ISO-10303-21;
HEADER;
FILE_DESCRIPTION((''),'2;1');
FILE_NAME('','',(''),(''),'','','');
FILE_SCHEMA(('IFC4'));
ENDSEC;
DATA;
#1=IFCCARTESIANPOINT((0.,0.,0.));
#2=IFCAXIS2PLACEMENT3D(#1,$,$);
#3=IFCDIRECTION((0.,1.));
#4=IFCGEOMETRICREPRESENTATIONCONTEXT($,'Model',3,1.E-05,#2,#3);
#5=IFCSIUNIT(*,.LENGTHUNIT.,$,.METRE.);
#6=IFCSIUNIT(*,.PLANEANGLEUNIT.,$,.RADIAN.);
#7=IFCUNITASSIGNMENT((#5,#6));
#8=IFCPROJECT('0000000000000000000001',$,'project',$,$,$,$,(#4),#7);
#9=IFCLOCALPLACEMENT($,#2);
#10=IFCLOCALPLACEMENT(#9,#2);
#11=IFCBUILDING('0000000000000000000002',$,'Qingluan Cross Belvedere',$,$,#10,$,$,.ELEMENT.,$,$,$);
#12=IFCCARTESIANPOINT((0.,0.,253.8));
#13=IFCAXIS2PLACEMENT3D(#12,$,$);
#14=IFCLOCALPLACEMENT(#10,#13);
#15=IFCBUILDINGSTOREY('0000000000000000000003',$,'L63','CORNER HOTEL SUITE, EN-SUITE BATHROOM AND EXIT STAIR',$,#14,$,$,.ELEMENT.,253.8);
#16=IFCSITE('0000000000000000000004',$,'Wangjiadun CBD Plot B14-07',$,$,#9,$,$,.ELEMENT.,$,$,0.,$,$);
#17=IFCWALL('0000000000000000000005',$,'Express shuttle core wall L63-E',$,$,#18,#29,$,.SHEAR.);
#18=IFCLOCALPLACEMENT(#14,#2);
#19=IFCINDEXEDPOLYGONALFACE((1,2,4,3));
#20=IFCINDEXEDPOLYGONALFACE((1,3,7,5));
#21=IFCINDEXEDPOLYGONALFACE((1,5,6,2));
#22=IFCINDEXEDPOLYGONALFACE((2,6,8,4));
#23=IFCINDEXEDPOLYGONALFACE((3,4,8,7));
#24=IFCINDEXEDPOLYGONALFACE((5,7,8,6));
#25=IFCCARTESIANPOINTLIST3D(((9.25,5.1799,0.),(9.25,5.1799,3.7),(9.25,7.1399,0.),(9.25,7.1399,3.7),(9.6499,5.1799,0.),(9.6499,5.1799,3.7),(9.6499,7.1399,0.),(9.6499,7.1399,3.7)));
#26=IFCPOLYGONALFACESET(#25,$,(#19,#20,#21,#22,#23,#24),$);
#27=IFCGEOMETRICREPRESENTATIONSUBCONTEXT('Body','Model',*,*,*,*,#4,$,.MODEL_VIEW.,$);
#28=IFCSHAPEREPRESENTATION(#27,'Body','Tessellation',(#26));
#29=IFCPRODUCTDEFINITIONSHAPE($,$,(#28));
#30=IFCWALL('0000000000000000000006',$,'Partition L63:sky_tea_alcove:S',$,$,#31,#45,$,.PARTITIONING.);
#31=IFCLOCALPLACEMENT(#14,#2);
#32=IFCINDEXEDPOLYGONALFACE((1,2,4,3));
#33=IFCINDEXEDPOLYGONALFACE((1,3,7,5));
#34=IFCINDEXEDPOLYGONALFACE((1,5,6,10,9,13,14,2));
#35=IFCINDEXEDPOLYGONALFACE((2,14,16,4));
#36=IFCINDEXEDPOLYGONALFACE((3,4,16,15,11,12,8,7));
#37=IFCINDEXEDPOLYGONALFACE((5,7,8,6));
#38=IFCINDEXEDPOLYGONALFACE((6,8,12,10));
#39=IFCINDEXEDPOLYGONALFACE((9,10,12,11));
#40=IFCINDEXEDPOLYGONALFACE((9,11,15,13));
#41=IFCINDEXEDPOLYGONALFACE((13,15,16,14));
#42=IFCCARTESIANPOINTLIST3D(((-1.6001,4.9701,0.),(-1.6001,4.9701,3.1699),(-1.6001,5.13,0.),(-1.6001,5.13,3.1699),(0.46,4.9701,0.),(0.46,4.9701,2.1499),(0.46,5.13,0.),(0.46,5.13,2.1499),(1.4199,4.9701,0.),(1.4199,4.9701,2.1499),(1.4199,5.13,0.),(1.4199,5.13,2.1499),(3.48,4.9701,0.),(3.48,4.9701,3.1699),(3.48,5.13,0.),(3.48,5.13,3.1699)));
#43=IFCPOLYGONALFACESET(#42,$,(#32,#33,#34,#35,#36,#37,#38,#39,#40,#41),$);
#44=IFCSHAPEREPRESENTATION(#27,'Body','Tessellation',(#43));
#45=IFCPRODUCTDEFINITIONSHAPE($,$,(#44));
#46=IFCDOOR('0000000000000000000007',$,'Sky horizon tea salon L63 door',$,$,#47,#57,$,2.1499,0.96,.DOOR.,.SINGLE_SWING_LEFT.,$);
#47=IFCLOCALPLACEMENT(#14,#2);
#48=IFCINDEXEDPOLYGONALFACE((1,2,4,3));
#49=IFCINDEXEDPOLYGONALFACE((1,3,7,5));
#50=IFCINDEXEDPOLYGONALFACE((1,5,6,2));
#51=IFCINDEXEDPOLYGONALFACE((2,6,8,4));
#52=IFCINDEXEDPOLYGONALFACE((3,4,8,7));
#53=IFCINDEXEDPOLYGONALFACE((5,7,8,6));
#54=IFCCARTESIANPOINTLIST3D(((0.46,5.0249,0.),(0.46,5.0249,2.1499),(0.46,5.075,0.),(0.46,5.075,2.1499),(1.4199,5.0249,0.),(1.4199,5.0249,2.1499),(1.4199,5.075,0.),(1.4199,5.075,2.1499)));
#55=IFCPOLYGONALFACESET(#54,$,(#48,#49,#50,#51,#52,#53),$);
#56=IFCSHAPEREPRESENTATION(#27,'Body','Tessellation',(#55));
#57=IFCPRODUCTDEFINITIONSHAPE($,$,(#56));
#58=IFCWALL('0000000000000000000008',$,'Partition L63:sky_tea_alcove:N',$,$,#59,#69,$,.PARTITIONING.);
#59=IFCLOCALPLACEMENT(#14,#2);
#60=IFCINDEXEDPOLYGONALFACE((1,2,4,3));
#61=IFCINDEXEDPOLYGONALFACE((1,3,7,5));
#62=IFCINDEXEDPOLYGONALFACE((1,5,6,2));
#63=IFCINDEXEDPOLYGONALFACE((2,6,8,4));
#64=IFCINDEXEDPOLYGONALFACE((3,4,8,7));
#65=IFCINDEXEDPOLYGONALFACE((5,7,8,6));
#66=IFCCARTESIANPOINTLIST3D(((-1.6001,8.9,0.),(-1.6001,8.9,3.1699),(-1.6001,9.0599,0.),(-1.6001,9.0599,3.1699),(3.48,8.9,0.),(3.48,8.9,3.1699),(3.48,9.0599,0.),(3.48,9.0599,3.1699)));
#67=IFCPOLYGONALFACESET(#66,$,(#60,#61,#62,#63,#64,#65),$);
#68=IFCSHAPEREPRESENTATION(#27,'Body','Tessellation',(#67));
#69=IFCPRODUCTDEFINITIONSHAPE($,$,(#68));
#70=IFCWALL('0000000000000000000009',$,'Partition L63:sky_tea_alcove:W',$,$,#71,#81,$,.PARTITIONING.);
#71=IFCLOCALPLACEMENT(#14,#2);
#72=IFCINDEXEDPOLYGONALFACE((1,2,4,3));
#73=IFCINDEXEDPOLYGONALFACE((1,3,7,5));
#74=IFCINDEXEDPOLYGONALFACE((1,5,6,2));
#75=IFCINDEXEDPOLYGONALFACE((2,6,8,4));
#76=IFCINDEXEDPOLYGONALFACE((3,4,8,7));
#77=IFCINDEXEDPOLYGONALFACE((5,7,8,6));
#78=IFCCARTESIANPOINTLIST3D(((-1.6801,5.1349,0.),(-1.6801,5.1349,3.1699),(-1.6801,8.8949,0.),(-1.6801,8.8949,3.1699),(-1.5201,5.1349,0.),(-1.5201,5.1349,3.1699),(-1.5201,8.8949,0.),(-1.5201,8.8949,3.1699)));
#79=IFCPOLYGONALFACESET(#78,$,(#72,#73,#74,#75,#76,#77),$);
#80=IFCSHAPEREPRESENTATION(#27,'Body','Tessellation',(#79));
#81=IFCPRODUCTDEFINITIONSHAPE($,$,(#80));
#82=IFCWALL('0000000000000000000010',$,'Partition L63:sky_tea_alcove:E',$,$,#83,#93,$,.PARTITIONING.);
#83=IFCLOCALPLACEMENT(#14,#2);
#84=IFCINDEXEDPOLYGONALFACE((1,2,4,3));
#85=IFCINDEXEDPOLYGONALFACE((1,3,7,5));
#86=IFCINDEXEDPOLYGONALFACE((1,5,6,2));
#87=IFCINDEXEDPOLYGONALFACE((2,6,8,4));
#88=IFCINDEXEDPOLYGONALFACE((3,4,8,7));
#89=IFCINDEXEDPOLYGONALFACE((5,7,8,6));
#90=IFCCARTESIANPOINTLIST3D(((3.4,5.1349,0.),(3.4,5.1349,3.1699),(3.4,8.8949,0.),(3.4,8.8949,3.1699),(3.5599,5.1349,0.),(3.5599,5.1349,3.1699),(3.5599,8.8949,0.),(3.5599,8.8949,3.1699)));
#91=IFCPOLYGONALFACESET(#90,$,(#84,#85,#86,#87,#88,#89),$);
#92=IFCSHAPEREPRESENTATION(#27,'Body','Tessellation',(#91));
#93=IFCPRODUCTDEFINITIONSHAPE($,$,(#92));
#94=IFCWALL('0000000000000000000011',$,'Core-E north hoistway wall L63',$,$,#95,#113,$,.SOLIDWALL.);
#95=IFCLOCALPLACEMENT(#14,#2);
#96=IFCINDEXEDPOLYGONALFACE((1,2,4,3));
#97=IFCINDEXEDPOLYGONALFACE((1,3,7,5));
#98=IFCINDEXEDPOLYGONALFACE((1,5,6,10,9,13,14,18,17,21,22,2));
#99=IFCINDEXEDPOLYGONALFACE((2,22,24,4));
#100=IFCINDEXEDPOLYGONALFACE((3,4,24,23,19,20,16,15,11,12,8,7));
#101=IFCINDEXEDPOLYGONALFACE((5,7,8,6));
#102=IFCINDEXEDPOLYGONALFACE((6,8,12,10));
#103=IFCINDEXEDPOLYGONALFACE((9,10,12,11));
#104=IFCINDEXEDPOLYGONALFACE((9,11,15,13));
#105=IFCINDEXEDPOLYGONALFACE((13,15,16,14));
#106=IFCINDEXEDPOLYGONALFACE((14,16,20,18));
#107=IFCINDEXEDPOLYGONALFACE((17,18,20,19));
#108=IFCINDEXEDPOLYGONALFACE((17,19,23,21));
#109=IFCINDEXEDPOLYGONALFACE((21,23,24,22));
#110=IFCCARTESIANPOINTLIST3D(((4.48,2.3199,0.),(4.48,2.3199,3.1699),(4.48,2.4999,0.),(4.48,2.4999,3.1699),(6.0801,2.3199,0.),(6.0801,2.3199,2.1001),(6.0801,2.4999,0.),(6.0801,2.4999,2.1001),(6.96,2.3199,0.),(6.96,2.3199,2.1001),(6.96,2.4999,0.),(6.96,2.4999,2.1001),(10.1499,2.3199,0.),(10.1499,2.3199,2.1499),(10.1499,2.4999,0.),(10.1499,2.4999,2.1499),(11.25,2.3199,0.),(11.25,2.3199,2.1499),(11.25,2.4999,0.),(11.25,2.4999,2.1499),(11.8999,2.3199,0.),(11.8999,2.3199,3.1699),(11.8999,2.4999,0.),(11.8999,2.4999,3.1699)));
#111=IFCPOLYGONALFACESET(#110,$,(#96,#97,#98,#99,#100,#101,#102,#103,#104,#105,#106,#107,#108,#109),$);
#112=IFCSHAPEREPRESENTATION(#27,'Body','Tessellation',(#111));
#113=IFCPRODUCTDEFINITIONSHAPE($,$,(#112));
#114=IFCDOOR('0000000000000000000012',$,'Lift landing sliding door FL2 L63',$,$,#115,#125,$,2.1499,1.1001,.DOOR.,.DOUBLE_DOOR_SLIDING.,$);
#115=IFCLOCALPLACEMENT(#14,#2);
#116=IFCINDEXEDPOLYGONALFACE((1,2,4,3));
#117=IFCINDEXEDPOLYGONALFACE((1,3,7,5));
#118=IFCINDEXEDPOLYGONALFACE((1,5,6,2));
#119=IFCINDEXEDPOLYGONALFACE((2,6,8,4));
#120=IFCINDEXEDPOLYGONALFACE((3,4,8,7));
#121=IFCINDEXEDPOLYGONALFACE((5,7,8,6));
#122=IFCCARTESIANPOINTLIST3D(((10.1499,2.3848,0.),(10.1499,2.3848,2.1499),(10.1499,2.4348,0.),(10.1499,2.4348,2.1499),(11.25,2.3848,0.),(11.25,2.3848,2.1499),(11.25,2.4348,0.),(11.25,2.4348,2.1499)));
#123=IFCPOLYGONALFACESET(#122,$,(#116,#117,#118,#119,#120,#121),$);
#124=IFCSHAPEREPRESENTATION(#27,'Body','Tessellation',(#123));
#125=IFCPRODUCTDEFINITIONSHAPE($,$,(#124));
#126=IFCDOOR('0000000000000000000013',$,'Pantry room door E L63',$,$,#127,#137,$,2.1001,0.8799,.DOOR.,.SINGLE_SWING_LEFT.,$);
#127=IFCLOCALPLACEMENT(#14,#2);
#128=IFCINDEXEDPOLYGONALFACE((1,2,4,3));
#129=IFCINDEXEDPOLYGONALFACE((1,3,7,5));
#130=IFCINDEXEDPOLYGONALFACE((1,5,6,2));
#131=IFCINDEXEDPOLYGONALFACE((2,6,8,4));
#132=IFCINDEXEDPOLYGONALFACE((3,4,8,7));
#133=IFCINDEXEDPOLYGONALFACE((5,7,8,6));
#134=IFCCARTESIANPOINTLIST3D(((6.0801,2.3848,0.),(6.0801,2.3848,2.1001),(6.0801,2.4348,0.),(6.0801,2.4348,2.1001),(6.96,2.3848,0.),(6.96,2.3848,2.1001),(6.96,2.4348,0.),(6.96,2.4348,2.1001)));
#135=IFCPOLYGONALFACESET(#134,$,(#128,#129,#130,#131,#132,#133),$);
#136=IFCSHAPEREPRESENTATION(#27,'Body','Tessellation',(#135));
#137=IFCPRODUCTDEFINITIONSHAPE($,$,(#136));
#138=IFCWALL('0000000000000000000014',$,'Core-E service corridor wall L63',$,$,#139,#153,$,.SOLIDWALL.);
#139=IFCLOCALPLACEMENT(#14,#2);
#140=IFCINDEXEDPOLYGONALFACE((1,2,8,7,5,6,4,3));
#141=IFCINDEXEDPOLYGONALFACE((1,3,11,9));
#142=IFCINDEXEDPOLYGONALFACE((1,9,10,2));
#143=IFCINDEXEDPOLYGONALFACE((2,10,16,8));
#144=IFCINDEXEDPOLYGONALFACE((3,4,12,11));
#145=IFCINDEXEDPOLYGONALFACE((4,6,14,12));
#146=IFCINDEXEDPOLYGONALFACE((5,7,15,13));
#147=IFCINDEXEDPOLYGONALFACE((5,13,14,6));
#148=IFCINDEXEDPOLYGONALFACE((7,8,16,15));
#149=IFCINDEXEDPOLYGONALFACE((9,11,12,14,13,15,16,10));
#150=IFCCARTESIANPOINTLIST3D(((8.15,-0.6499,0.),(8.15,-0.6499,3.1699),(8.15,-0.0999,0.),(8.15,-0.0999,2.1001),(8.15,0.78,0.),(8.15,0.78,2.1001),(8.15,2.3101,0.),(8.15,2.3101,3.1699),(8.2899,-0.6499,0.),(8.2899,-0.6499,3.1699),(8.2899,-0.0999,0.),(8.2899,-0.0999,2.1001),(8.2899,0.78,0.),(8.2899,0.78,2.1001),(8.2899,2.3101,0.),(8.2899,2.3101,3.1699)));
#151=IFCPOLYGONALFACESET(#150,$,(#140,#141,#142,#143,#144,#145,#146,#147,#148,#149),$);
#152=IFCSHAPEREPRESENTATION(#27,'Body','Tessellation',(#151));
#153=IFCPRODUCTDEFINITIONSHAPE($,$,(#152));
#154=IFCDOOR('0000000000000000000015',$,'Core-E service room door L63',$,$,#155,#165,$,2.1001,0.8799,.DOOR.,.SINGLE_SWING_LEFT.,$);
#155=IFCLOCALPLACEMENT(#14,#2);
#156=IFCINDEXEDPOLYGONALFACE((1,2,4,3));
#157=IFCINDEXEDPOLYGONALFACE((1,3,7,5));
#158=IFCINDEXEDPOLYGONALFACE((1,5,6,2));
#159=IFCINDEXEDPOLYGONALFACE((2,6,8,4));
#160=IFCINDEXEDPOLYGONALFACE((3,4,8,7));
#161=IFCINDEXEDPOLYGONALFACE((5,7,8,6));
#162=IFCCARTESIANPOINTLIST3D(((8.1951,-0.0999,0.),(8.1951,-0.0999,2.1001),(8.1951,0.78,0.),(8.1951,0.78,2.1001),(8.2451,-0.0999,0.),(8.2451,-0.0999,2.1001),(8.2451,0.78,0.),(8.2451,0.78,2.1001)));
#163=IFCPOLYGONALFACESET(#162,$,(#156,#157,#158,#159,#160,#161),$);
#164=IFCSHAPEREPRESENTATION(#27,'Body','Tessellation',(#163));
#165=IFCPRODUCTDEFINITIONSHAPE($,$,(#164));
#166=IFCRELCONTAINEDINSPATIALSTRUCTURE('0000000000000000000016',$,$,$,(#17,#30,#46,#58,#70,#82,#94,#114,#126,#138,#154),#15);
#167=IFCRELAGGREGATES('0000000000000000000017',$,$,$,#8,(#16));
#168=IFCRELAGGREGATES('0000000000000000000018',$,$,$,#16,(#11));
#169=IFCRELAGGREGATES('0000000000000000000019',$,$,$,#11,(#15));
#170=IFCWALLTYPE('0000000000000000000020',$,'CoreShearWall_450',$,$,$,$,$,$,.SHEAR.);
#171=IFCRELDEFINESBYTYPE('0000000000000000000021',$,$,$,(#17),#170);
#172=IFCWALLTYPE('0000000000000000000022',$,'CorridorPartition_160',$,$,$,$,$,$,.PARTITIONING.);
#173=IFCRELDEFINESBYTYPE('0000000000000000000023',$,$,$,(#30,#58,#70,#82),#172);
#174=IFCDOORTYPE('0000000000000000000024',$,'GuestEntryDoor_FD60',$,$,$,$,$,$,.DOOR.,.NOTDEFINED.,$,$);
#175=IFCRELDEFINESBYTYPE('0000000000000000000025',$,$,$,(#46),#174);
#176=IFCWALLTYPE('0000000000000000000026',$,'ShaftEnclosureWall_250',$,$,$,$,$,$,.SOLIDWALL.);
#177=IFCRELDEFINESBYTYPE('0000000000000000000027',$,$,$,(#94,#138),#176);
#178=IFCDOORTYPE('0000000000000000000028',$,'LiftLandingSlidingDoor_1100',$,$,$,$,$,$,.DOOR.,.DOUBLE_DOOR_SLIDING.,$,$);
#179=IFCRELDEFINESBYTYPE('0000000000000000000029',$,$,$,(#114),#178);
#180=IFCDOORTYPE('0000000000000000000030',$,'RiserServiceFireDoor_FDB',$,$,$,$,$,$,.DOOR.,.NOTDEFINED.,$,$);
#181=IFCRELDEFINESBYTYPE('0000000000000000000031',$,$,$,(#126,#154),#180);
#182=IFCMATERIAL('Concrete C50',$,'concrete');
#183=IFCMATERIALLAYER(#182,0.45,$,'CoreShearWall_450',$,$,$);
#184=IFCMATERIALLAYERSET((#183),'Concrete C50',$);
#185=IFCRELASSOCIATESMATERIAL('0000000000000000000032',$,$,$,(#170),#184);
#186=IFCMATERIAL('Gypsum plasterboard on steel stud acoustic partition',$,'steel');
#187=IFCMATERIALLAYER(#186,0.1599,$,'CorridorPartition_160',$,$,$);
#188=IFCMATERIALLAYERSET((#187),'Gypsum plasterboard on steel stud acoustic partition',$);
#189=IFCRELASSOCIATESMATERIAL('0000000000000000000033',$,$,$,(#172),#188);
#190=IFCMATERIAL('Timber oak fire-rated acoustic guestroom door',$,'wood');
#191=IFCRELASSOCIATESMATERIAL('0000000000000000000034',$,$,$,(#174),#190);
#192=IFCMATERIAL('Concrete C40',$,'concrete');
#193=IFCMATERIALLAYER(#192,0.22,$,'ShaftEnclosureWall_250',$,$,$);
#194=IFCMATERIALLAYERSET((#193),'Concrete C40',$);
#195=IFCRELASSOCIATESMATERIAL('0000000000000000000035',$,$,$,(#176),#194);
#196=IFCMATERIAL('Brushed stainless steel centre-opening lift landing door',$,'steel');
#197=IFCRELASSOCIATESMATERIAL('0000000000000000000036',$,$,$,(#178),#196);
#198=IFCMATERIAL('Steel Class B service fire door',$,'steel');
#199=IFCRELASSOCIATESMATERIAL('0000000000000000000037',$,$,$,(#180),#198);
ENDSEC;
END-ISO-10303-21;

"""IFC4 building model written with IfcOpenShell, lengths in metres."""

from ifc_helpers import new_model, si_unit, direction, frame, frame_2d, origin, place, context, subcontext, project, spatial, rectangle, extrude, material, layer, layer_set, type_object, element, fill, save


model = new_model("IFC4")

# Units and contexts
model_context = context("Model", 3, precision=1e-05, world=origin(), true_north=direction((0.0, 1.0)))
body_context = subcontext(model_context, "Body", "Model", "MODEL_VIEW")
ifc_project = project(units=[si_unit("LENGTHUNIT", "METRE"), si_unit("PLANEANGLEUNIT", "RADIAN")], contexts=[model_context])

# Site, building, storey
site_placement = place(None, origin())
site = spatial("IfcSite", under=ifc_project, at=site_placement, Name="Wangjiadun CBD Plot B14-07", CompositionType="ELEMENT", RefElevation=0.0)
building_placement = place(site_placement, origin())
building = spatial("IfcBuilding", under=site, at=building_placement, Name="Qingluan Cross Belvedere", CompositionType="ELEMENT")
storey_placement = place(building_placement, frame((0.0, 0.0, 253.8)))
storey = spatial("IfcBuildingStorey", under=building, at=storey_placement, Name="L63", Description="CORNER HOTEL SUITE, EN-SUITE BATHROOM AND EXIT STAIR", CompositionType="ELEMENT", Elevation=253.8)

# Wall
ifc_material_1 = material(Name="Concrete C50", Category="concrete")
ifc_layer_1 = layer(ifc_material_1, 0.45, Name="CoreShearWall_450")
ifc_layer_set_1 = layer_set([ifc_layer_1], Name="Concrete C50")
wall_type_1 = type_object("IfcWallType", Name="CoreShearWall_450", PredefinedType="SHEAR", material=ifc_layer_set_1)
wall_1_placement = place(storey_placement, frame((9.45, 5.1799, 0.0), z_axis=(0.0, 0.0, 1.0), x_axis=(0.0, 1.0, 0.0)))
element("IfcWall", 1, at=wall_1_placement, inside=storey, type_object=wall_type_1, Name="Express shuttle core wall L63-E", PredefinedType="SHEAR", context=body_context, shape_type="SweptSolid", body=[
    extrude(rectangle(XDim=1.96, YDim=0.3999, at=frame_2d((0.98, 0.0))), origin(), (0.0, 0.0, 1.0), 3.7),
])

# Wall, opening, door
ifc_material_2 = material(Name="Gypsum plasterboard on steel stud acoustic partition", Category="steel")
ifc_layer_2 = layer(ifc_material_2, 0.1599, Name="CorridorPartition_160")
ifc_layer_set_2 = layer_set([ifc_layer_2], Name="Gypsum plasterboard on steel stud acoustic partition")
wall_type_2 = type_object("IfcWallType", Name="CorridorPartition_160", PredefinedType="PARTITIONING", material=ifc_layer_set_2)
ifc_material_3 = material(Name="Timber oak fire-rated acoustic guestroom door", Category="wood")
door_type_1 = type_object("IfcDoorType", Name="GuestEntryDoor_FD60", OperationType="NOTDEFINED", PredefinedType="DOOR", material=ifc_material_3)
wall_2_placement = place(storey_placement, frame((-1.6001, 5.05, 0.0), z_axis=(0.0, 0.0, 1.0), x_axis=(1.0, 0.0, 0.0)))
wall_2 = element("IfcWall", 2, at=wall_2_placement, inside=storey, type_object=wall_type_2, Name="Partition L63:sky_tea_alcove:S", PredefinedType="PARTITIONING", context=body_context, shape_type="SweptSolid", body=[
    extrude(rectangle(XDim=5.0801, YDim=0.1599, at=frame_2d((2.54, 0.0))), origin(), (0.0, 0.0, 1.0), 3.1699),
])
opening_1_placement = place(wall_2_placement, frame((2.0601, 0.0, 0.0)))
opening_1 = element("IfcOpeningElement", 3, at=opening_1_placement, cuts=wall_2, PredefinedType="OPENING", context=body_context, shape_type="SweptSolid", body=[
    extrude(rectangle(XDim=0.96, YDim=2.1499, at=frame_2d((0.48, 1.075))), frame((0.0, 0.0898, 0.0), z_axis=(0.0, -1.0, 0.0), x_axis=(1.0, 0.0, 0.0)), (0.0, 0.0, 1.0), 0.1799),
])
door_1_placement = place(opening_1_placement, origin())
door_1 = element("IfcDoor", 4, at=door_1_placement, inside=storey, type_object=door_type_1, Name="Sky horizon tea salon L63 door", OperationType="SINGLE_SWING_LEFT", OverallHeight=2.1499, OverallWidth=0.96, PredefinedType="DOOR", context=body_context, shape_type="SweptSolid", body=[
    extrude(rectangle(XDim=0.96, YDim=2.1499, at=frame_2d((0.48, 1.075))), frame((0.0, 0.0249, 0.0), z_axis=(0.0, -1.0, 0.0), x_axis=(1.0, 0.0, 0.0)), (0.0, 0.0, 1.0), 0.05),
])
fill(opening_1, door_1)

# Walls
wall_3_placement = place(storey_placement, frame((-1.6001, 8.98, 0.0), z_axis=(0.0, 0.0, 1.0), x_axis=(1.0, 0.0, 0.0)))
element("IfcWall", 5, at=wall_3_placement, inside=storey, type_object=wall_type_2, Name="Partition L63:sky_tea_alcove:N", PredefinedType="PARTITIONING", context=body_context, shape_type="SweptSolid", body=[
    extrude(rectangle(XDim=5.0801, YDim=0.1599, at=frame_2d((2.54, 0.0))), origin(), (0.0, 0.0, 1.0), 3.1699),
])
for number, where, z_axis, x_axis, name in (
    (6, (-1.6001, 5.135, 0.0), (0.0, 0.0, 1.0), (0.0, 1.0, 0.0), "Partition L63:sky_tea_alcove:W"),
    (7, (3.48, 5.135, 0.0), (0.0, 0.0, 1.0), (0.0, 1.0, 0.0), "Partition L63:sky_tea_alcove:E"),
):
    element("IfcWall", number, at=place(storey_placement, frame(where, z_axis=z_axis, x_axis=x_axis)), inside=storey, type_object=wall_type_2, Name=name, PredefinedType="PARTITIONING", context=body_context, shape_type="SweptSolid", body=[
        extrude(rectangle(XDim=3.76, YDim=0.1599, at=frame_2d((1.8799, 0.0))), origin(), (0.0, 0.0, 1.0), 3.1699),
    ])

# Wall, openings, doors
ifc_material_4 = material(Name="Concrete C40", Category="concrete")
ifc_layer_3 = layer(ifc_material_4, 0.22, Name="ShaftEnclosureWall_250")
ifc_layer_set_3 = layer_set([ifc_layer_3], Name="Concrete C40")
wall_type_3 = type_object("IfcWallType", Name="ShaftEnclosureWall_250", PredefinedType="SOLIDWALL", material=ifc_layer_set_3)
wall_4_placement = place(storey_placement, frame((4.48, 2.4099, 0.0), z_axis=(0.0, 0.0, 1.0), x_axis=(1.0, 0.0, 0.0)))
wall_4 = element("IfcWall", 8, at=wall_4_placement, inside=storey, type_object=wall_type_3, Name="Core-E north hoistway wall L63", PredefinedType="SOLIDWALL", context=body_context, shape_type="SweptSolid", body=[
    extrude(rectangle(XDim=7.4199, YDim=0.1799, at=frame_2d((3.71, 0.0))), origin(), (0.0, 0.0, 1.0), 3.1699),
])
opening_2_placement = place(wall_4_placement, frame((5.6699, 0.0, 0.0)))
opening_2 = element("IfcOpeningElement", 9, at=opening_2_placement, cuts=wall_4, PredefinedType="OPENING", context=body_context, shape_type="SweptSolid", body=[
    extrude(rectangle(XDim=1.1001, YDim=2.1499, at=frame_2d((0.55, 1.075))), frame((0.0, 0.0999, 0.0), z_axis=(0.0, -1.0, 0.0), x_axis=(1.0, 0.0, 0.0)), (0.0, 0.0, 1.0), 0.2),
])
opening_3_placement = place(wall_4_placement, frame((1.6001, 0.0, 0.0)))
opening_3 = element("IfcOpeningElement", 10, at=opening_3_placement, cuts=wall_4, PredefinedType="OPENING", context=body_context, shape_type="SweptSolid", body=[
    extrude(rectangle(XDim=0.8799, YDim=2.1001, at=frame_2d((0.4399, 1.05))), frame((0.0, 0.0999, 0.0), z_axis=(0.0, -1.0, 0.0), x_axis=(1.0, 0.0, 0.0)), (0.0, 0.0, 1.0), 0.2),
])
ifc_material_5 = material(Name="Brushed stainless steel centre-opening lift landing door", Category="steel")
door_type_2 = type_object("IfcDoorType", Name="LiftLandingSlidingDoor_1100", OperationType="DOUBLE_DOOR_SLIDING", PredefinedType="DOOR", material=ifc_material_5)
door_2_placement = place(opening_2_placement, origin())
door_2 = element("IfcDoor", 11, at=door_2_placement, inside=storey, type_object=door_type_2, Name="Lift landing sliding door FL2 L63", OperationType="DOUBLE_DOOR_SLIDING", OverallHeight=2.1499, OverallWidth=1.1001, PredefinedType="DOOR", context=body_context, shape_type="SweptSolid", body=[
    extrude(rectangle(XDim=1.1001, YDim=2.1499, at=frame_2d((0.55, 1.075))), frame((0.0, 0.0249, 0.0), z_axis=(0.0, -1.0, 0.0), x_axis=(1.0, 0.0, 0.0)), (0.0, 0.0, 1.0), 0.05),
])
fill(opening_2, door_2)
ifc_material_6 = material(Name="Steel Class B service fire door", Category="steel")
door_type_3 = type_object("IfcDoorType", Name="RiserServiceFireDoor_FDB", OperationType="NOTDEFINED", PredefinedType="DOOR", material=ifc_material_6)
door_3_placement = place(opening_3_placement, origin())
door_3 = element("IfcDoor", 12, at=door_3_placement, inside=storey, type_object=door_type_3, Name="Pantry room door E L63", OperationType="SINGLE_SWING_LEFT", OverallHeight=2.1001, OverallWidth=0.8799, PredefinedType="DOOR", context=body_context, shape_type="SweptSolid", body=[
    extrude(rectangle(XDim=0.8799, YDim=2.1001, at=frame_2d((0.4399, 1.05))), frame((0.0, 0.0249, 0.0), z_axis=(0.0, -1.0, 0.0), x_axis=(1.0, 0.0, 0.0)), (0.0, 0.0, 1.0), 0.05),
])
fill(opening_3, door_3)

# Wall, opening, door
wall_5_placement = place(storey_placement, frame((8.22, -0.6499, 0.0), z_axis=(0.0, 0.0, 1.0), x_axis=(0.0, 1.0, 0.0)))
wall_5 = element("IfcWall", 13, at=wall_5_placement, inside=storey, type_object=wall_type_3, Name="Core-E service corridor wall L63", PredefinedType="SOLIDWALL", context=body_context, shape_type="SweptSolid", body=[
    extrude(rectangle(XDim=2.96, YDim=0.1399, at=frame_2d((1.48, 0.0))), origin(), (0.0, 0.0, 1.0), 3.1699),
])
opening_4_placement = place(wall_5_placement, frame((0.55, 0.0, 0.0)))
opening_4 = element("IfcOpeningElement", 14, at=opening_4_placement, cuts=wall_5, PredefinedType="OPENING", context=body_context, shape_type="SweptSolid", body=[
    extrude(rectangle(XDim=0.8799, YDim=2.1001, at=frame_2d((0.4399, 1.05))), frame((0.0, 0.0798, 0.0), z_axis=(0.0, -1.0, 0.0), x_axis=(1.0, 0.0, 0.0)), (0.0, 0.0, 1.0), 0.1599),
])
door_4_placement = place(opening_4_placement, origin())
door_4 = element("IfcDoor", 15, at=door_4_placement, inside=storey, type_object=door_type_3, Name="Core-E service room door L63", OperationType="SINGLE_SWING_LEFT", OverallHeight=2.1001, OverallWidth=0.8799, PredefinedType="DOOR", context=body_context, shape_type="SweptSolid", body=[
    extrude(rectangle(XDim=0.8799, YDim=2.1001, at=frame_2d((0.4399, 1.05))), frame((0.0, 0.0249, 0.0), z_axis=(0.0, -1.0, 0.0), x_axis=(1.0, 0.0, 0.0)), (0.0, 0.0, 1.0), 0.05),
])
fill(opening_4, door_4)

save(model, "model.ifc")
